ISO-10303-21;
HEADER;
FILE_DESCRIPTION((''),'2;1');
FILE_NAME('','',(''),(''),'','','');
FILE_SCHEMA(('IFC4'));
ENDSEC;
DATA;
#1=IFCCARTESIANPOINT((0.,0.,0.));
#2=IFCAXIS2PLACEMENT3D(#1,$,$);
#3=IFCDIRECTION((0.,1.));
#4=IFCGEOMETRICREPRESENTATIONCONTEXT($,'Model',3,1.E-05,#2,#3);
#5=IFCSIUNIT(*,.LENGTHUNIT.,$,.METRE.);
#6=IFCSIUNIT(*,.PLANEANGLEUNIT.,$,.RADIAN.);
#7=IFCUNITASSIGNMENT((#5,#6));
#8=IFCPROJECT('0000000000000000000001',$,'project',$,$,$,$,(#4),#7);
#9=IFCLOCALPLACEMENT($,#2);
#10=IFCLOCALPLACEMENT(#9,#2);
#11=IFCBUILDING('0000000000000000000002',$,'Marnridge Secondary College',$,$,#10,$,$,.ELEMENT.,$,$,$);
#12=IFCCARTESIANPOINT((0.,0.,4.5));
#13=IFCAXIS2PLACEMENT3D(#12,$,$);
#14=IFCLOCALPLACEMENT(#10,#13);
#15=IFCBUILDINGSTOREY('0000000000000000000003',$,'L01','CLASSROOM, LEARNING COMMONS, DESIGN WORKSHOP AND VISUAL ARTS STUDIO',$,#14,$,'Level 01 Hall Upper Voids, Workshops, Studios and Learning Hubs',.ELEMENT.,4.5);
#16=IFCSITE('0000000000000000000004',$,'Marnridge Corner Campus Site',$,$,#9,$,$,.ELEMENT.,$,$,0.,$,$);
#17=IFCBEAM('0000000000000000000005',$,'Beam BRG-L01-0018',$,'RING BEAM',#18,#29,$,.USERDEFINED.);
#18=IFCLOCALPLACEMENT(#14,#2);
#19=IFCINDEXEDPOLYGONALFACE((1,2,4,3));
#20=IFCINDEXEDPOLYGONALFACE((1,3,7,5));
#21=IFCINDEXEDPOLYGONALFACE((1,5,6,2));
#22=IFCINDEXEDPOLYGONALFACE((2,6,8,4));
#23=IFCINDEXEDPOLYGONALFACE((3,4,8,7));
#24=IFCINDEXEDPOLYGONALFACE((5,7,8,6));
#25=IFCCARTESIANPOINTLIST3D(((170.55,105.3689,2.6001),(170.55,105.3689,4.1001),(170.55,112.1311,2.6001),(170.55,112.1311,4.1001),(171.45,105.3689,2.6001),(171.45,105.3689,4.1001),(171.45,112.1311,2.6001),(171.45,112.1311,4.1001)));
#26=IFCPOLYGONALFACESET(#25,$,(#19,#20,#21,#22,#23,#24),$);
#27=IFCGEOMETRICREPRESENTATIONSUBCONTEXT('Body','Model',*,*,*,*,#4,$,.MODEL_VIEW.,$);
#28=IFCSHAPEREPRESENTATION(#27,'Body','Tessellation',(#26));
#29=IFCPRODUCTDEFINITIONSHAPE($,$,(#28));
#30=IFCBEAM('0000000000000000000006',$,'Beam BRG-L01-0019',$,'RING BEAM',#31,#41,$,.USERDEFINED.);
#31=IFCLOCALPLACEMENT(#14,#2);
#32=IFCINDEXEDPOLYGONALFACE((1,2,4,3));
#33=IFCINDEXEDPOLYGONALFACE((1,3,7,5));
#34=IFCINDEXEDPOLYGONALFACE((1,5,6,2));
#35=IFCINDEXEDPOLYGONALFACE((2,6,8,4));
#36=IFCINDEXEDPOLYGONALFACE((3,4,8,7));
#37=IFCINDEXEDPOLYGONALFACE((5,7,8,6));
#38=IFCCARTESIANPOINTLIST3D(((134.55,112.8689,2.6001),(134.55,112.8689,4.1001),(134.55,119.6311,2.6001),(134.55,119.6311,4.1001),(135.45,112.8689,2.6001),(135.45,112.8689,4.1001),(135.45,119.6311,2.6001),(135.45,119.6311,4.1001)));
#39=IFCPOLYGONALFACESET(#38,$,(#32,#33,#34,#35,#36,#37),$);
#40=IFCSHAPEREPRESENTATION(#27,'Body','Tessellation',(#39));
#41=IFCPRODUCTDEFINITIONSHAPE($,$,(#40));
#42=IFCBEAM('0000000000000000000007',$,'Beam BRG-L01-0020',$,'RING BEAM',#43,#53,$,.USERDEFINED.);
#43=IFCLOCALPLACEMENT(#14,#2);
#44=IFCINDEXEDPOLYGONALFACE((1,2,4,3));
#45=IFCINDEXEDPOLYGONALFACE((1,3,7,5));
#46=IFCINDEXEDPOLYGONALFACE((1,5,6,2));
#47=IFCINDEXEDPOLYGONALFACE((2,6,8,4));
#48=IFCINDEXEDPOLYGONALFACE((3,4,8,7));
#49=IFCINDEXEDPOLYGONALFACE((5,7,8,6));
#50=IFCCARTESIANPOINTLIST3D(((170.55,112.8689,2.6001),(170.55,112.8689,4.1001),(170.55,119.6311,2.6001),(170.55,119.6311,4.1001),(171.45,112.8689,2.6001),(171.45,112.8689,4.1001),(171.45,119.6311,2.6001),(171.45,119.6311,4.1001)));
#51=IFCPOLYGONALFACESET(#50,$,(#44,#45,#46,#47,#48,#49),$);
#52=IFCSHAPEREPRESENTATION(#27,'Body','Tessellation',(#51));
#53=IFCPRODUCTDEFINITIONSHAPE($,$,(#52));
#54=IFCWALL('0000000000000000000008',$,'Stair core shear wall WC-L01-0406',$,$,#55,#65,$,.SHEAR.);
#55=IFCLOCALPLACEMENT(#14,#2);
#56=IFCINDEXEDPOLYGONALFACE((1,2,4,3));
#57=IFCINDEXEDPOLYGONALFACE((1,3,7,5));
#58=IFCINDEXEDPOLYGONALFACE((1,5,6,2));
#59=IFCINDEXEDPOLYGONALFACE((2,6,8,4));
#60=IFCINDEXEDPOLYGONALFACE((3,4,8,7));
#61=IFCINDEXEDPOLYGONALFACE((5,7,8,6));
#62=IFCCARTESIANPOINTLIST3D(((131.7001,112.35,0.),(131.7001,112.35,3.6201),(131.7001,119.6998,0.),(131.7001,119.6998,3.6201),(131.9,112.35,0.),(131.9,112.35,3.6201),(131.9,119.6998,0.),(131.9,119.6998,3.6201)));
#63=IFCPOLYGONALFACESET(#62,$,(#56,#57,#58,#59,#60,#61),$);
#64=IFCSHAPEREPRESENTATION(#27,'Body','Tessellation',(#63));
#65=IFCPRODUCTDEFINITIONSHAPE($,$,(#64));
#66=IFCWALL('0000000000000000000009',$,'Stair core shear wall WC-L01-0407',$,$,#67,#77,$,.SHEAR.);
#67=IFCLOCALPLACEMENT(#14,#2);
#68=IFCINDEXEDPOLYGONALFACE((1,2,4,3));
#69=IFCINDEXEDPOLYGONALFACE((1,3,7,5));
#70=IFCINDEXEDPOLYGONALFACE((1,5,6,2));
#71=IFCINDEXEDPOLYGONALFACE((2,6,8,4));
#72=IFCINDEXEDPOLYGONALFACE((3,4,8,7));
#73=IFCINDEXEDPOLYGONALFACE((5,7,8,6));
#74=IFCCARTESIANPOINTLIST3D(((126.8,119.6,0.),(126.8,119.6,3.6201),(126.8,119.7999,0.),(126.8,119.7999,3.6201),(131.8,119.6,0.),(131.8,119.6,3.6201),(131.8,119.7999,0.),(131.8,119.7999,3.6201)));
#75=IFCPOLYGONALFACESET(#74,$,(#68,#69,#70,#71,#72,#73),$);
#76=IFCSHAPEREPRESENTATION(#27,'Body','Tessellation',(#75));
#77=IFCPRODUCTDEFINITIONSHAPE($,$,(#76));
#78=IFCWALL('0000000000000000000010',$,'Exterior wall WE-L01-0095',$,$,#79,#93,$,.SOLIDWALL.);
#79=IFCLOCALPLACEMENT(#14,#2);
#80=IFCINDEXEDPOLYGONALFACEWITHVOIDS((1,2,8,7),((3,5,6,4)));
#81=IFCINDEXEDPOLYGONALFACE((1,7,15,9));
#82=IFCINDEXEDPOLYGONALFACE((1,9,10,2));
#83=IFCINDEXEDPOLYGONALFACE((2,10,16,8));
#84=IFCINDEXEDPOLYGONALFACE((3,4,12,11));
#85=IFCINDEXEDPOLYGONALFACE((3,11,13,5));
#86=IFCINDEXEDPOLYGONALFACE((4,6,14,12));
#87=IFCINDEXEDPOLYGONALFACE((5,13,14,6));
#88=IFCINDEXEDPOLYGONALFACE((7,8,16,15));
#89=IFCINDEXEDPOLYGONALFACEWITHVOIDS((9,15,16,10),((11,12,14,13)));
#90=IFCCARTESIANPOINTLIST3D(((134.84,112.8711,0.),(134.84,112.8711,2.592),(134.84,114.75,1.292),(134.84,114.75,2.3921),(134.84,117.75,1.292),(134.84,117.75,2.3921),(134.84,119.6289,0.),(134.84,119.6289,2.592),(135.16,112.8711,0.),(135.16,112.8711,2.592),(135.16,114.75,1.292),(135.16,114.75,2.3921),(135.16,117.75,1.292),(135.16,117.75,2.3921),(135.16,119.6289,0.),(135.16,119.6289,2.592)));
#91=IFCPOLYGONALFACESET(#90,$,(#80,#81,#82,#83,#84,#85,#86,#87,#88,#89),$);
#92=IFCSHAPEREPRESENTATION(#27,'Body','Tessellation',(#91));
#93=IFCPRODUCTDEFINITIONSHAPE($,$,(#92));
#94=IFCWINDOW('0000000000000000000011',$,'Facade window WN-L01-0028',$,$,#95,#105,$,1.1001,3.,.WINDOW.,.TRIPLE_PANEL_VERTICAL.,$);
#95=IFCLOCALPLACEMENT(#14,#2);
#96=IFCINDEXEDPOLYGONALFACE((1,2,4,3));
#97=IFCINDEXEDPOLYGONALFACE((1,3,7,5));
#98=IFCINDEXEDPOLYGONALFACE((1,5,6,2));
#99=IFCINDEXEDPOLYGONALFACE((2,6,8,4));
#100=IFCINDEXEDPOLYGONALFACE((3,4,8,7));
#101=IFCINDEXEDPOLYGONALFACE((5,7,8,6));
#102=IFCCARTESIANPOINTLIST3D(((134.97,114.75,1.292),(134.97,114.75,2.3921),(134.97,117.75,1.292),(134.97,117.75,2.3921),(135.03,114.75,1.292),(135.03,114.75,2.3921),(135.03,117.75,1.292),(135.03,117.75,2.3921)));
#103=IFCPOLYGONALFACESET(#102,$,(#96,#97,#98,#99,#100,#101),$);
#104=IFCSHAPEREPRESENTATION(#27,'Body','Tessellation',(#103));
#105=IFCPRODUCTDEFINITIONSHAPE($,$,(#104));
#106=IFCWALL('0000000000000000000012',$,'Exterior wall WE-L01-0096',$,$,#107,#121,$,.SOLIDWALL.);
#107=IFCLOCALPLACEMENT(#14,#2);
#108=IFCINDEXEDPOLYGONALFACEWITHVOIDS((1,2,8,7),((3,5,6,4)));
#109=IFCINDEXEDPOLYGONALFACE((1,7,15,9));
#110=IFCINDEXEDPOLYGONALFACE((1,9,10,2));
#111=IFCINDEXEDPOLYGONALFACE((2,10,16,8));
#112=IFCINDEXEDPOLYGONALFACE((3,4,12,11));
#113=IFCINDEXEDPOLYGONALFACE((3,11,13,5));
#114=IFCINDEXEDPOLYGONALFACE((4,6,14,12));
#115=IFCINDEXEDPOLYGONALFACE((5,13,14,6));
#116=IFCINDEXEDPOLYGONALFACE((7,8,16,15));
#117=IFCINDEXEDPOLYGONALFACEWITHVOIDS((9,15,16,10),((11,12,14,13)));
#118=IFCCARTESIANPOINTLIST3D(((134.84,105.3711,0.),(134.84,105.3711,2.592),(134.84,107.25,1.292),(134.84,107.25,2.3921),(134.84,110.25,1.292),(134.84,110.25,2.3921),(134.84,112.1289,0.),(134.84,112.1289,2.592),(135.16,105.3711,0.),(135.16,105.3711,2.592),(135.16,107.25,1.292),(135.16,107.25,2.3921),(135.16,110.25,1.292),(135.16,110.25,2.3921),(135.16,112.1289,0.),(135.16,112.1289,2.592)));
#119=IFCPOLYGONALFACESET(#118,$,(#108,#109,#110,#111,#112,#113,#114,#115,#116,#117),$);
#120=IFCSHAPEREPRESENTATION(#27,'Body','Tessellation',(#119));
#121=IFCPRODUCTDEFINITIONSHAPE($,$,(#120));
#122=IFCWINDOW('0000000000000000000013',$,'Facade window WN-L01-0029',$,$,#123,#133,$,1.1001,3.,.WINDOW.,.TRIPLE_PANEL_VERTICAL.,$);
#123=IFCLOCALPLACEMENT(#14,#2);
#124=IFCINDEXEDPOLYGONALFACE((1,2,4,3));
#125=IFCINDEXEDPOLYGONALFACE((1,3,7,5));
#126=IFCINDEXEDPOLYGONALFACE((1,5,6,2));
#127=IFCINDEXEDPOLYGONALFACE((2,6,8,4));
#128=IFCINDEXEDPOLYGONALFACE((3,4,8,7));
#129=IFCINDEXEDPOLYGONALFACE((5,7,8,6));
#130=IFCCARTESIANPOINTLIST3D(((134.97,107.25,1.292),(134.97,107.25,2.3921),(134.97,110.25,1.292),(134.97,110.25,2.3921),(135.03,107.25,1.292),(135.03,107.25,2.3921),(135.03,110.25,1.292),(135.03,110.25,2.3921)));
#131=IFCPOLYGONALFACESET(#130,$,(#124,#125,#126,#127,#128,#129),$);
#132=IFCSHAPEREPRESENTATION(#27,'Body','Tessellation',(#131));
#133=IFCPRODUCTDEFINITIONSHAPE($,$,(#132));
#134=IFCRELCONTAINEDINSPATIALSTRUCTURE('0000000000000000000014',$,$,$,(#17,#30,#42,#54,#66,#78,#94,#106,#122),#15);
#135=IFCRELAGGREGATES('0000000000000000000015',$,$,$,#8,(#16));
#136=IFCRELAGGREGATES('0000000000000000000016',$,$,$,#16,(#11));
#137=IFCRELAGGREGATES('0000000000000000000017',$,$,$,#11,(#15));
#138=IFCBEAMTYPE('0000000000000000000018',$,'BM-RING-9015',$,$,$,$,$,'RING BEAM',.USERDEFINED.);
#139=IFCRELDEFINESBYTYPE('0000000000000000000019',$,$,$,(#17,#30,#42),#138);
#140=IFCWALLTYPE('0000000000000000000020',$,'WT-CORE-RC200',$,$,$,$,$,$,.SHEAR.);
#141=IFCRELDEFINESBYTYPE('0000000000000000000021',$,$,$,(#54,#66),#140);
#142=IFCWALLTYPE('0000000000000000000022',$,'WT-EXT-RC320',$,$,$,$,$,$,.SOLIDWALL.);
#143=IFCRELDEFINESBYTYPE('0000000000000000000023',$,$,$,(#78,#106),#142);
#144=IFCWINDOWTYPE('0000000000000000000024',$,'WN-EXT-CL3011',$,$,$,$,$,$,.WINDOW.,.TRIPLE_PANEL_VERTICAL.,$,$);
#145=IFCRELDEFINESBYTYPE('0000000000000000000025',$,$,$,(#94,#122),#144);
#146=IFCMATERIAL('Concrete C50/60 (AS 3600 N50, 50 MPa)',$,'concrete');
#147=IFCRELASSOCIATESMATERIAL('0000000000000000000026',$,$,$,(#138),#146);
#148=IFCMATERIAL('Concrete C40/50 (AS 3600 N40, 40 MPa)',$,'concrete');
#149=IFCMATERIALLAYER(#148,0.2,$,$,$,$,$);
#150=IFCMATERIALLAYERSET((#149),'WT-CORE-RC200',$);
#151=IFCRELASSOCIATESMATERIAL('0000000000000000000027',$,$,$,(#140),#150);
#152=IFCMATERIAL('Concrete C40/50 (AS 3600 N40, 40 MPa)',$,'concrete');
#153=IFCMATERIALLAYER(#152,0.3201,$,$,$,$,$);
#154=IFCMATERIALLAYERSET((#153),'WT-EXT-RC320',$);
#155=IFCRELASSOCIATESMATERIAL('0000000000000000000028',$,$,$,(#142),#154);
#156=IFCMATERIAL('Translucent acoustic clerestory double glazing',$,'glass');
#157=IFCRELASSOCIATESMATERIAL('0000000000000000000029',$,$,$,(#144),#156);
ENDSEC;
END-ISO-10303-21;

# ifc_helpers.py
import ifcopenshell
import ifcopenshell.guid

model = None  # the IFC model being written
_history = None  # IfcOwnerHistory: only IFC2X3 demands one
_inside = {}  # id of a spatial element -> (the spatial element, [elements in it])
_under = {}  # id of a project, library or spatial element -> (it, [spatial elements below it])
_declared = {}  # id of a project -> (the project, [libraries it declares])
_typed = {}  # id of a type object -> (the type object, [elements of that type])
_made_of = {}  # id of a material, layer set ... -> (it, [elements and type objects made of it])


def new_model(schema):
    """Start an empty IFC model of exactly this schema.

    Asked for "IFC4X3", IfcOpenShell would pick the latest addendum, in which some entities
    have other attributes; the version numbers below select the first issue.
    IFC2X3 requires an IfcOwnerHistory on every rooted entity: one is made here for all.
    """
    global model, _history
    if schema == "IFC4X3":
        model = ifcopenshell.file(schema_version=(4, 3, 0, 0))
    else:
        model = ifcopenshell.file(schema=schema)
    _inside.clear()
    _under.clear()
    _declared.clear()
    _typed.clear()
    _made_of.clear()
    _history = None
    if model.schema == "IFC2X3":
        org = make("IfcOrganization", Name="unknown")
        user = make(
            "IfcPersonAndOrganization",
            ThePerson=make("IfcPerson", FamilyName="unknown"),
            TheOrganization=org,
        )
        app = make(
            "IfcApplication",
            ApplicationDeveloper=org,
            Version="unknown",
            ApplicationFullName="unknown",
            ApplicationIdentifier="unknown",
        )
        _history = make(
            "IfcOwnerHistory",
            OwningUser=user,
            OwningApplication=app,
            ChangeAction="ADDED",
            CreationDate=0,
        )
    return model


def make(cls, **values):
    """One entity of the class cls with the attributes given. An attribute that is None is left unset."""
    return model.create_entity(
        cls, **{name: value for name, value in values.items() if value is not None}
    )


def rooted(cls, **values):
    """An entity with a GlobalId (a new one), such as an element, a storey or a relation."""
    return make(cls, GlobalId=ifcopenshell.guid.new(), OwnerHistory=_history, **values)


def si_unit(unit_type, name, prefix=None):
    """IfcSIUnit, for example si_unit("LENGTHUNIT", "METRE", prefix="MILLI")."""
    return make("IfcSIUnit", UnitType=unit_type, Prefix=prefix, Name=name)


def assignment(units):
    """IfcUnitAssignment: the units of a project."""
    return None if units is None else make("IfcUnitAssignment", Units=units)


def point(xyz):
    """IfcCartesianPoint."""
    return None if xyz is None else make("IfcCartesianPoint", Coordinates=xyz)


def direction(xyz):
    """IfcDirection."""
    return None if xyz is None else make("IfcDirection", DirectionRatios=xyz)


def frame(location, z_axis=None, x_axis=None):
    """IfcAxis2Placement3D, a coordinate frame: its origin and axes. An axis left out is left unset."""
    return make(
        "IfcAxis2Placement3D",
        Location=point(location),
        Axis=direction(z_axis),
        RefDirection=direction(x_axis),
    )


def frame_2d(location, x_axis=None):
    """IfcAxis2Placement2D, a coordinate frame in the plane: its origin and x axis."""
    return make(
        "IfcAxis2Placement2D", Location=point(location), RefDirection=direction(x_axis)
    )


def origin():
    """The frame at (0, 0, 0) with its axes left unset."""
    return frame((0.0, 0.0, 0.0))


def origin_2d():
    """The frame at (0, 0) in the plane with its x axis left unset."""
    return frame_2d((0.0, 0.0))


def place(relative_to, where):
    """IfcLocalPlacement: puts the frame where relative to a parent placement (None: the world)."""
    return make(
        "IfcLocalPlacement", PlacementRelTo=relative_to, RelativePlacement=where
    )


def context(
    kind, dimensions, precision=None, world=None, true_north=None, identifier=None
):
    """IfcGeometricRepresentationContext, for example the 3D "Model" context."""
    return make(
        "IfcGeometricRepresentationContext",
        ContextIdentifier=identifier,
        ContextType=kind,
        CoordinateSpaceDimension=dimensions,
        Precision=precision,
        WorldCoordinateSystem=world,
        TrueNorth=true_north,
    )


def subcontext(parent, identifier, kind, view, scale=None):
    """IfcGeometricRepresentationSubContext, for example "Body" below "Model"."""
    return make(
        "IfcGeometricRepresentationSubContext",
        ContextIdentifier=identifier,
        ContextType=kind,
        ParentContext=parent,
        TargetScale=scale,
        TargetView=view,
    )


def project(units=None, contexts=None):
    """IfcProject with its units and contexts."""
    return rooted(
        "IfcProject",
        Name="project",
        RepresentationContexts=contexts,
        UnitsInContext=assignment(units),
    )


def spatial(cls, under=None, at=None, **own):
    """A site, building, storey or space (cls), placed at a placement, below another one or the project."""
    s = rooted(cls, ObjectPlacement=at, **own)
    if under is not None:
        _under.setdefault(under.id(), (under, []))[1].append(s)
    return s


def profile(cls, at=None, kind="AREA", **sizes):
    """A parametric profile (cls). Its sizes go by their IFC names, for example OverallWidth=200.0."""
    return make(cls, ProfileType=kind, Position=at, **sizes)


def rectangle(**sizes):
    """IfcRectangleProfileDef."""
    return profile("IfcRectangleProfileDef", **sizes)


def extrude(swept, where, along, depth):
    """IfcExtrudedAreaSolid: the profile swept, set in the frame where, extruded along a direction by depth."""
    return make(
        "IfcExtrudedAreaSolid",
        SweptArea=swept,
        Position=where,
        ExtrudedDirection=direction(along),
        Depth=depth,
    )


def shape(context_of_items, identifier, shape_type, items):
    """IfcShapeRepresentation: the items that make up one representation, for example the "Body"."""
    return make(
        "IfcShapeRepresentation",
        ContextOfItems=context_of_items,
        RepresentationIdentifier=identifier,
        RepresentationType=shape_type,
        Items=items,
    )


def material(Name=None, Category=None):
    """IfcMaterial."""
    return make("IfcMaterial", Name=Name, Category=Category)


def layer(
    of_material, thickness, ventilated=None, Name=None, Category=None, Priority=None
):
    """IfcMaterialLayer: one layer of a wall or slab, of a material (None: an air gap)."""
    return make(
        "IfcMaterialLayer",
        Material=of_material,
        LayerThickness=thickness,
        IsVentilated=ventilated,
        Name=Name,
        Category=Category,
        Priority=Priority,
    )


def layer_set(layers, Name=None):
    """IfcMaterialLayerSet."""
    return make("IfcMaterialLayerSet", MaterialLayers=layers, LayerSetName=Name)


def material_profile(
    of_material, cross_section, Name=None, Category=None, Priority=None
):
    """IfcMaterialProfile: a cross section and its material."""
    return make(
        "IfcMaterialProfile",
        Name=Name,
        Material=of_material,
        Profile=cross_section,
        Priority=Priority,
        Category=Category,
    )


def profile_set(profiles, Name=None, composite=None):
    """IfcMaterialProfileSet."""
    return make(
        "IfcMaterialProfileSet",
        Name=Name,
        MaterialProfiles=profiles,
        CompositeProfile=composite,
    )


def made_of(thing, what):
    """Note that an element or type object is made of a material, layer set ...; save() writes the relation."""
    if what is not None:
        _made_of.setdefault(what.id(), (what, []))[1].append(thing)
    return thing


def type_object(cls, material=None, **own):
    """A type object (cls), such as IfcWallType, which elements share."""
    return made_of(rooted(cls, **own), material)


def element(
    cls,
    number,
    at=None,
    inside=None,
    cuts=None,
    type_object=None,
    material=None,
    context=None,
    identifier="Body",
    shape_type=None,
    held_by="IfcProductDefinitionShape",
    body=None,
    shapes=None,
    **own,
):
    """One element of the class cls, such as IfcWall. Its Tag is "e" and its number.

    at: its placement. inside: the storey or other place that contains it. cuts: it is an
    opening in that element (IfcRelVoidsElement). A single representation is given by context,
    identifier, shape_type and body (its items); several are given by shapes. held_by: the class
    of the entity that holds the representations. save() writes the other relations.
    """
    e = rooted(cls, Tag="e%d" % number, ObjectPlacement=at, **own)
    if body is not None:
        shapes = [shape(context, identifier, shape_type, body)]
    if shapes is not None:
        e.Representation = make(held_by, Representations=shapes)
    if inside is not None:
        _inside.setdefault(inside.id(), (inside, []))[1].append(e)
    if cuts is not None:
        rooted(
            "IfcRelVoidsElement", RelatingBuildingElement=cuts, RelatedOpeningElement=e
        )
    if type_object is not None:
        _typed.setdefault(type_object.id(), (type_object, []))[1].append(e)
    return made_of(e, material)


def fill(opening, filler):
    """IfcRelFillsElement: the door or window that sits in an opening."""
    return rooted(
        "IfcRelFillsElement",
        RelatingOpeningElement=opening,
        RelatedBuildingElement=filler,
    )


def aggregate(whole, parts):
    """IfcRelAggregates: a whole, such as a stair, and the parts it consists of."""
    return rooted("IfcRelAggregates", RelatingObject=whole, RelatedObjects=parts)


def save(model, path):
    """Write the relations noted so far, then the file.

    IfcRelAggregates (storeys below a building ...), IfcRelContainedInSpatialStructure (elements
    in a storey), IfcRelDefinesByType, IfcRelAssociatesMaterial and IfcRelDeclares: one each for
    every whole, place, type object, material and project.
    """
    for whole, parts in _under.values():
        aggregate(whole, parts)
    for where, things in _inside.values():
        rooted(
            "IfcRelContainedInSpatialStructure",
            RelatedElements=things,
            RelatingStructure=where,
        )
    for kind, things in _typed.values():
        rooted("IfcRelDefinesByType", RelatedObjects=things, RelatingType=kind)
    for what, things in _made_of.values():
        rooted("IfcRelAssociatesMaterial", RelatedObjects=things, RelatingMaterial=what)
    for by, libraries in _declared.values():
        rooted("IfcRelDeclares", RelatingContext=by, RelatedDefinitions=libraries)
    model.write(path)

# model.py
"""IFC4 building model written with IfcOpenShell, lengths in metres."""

from ifc_helpers import new_model, si_unit, direction, frame, frame_2d, origin, origin_2d, place, context, subcontext, project, spatial, rectangle, extrude, material, layer, layer_set, material_profile, profile_set, type_object, element, fill, save


model = new_model("IFC4")

# Units and contexts
model_context = context("Model", 3, precision=1e-05, world=origin(), true_north=direction((0.0, 1.0)))
body_context = subcontext(model_context, "Body", "Model", "MODEL_VIEW")
ifc_project = project(units=[si_unit("LENGTHUNIT", "METRE"), si_unit("PLANEANGLEUNIT", "RADIAN")], contexts=[model_context])

# Site, building, storey
site_placement = place(None, origin())
site = spatial("IfcSite", under=ifc_project, at=site_placement, Name="Marnridge Corner Campus Site", CompositionType="ELEMENT", RefElevation=0.0)
building_placement = place(site_placement, origin())
building = spatial("IfcBuilding", under=site, at=building_placement, Name="Marnridge Secondary College", CompositionType="ELEMENT")
storey_placement = place(building_placement, frame((0.0, 0.0, 4.5)))
storey = spatial("IfcBuildingStorey", under=building, at=storey_placement, Name="L01", Description="CLASSROOM, LEARNING COMMONS, DESIGN WORKSHOP AND VISUAL ARTS STUDIO", LongName="Level 01 Hall Upper Voids, Workshops, Studios and Learning Hubs", CompositionType="ELEMENT", Elevation=4.5)

# Beams
ifc_material_1 = material(Name="Concrete C50/60 (AS 3600 N50, 50 MPa)", Category="concrete")
ifc_material_profile_1 = material_profile(ifc_material_1, rectangle(XDim=0.8999, YDim=1.5, at=origin_2d()), Name="RC 900x1500")
ifc_profile_set_1 = profile_set([ifc_material_profile_1], Name="Concrete C50/60 (AS 3600 N50, 50 MPa)")
beam_type_1 = type_object("IfcBeamType", Name="BM-RING-9015", ElementType="RING BEAM", PredefinedType="USERDEFINED", material=ifc_profile_set_1)
for number, where, z_axis, x_axis, name in (
    (1, (171.0, 105.3689, 3.3501), (0.0, 1.0, 0.0), (-1.0, 0.0, 0.0), "Beam BRG-L01-0018"),
    (2, (135.0, 112.8689, 3.3501), (0.0, 1.0, 0.0), (-1.0, 0.0, 0.0), "Beam BRG-L01-0019"),
    (3, (171.0, 112.8689, 3.3501), (0.0, 1.0, 0.0), (-1.0, 0.0, 0.0), "Beam BRG-L01-0020"),
):
    element("IfcBeam", number, at=place(storey_placement, frame(where, z_axis=z_axis, x_axis=x_axis)), inside=storey, type_object=beam_type_1, Name=name, ObjectType="RING BEAM", PredefinedType="USERDEFINED", context=body_context, shape_type="SweptSolid", body=[
        extrude(rectangle(XDim=0.8999, YDim=1.5, at=origin_2d()), origin(), (0.0, 0.0, 1.0), 6.7622),
    ])

# Walls
ifc_material_2 = material(Name="Concrete C40/50 (AS 3600 N40, 40 MPa)", Category="concrete")
ifc_layer_1 = layer(ifc_material_2, 0.2)
ifc_layer_set_1 = layer_set([ifc_layer_1], Name="WT-CORE-RC200")
wall_type_1 = type_object("IfcWallType", Name="WT-CORE-RC200", PredefinedType="SHEAR", material=ifc_layer_set_1)
wall_1_placement = place(storey_placement, frame((131.8, 112.3501, 0.0), z_axis=(0.0, 0.0, 1.0), x_axis=(0.0, 1.0, 0.0)))
element("IfcWall", 4, at=wall_1_placement, inside=storey, type_object=wall_type_1, Name="Stair core shear wall WC-L01-0406", PredefinedType="SHEAR", context=body_context, shape_type="SweptSolid", body=[
    extrude(rectangle(XDim=7.3499, YDim=0.2, at=frame_2d((3.6748, 0.0))), origin(), (0.0, 0.0, 1.0), 3.6201),
])
wall_2_placement = place(storey_placement, frame((131.8, 119.7, 0.0), z_axis=(0.0, 0.0, 1.0), x_axis=(-1.0, 0.0, 0.0)))
element("IfcWall", 5, at=wall_2_placement, inside=storey, type_object=wall_type_1, Name="Stair core shear wall WC-L01-0407", PredefinedType="SHEAR", context=body_context, shape_type="SweptSolid", body=[
    extrude(rectangle(XDim=5.0, YDim=0.2, at=frame_2d((2.5, 0.0))), origin(), (0.0, 0.0, 1.0), 3.6201),
])

# Walls, openings, windows
ifc_material_3 = material(Name="Concrete C40/50 (AS 3600 N40, 40 MPa)", Category="concrete")
ifc_layer_2 = layer(ifc_material_3, 0.3201)
ifc_layer_set_2 = layer_set([ifc_layer_2], Name="WT-EXT-RC320")
wall_type_2 = type_object("IfcWallType", Name="WT-EXT-RC320", PredefinedType="SOLIDWALL", material=ifc_layer_set_2)
wall_3_placement = place(storey_placement, frame((135.0, 119.6289, 0.0), z_axis=(0.0, 0.0, 1.0), x_axis=(0.0, -1.0, 0.0)))
wall_3 = element("IfcWall", 6, at=wall_3_placement, inside=storey, type_object=wall_type_2, Name="Exterior wall WE-L01-0095", PredefinedType="SOLIDWALL", context=body_context, shape_type="SweptSolid", body=[
    extrude(rectangle(XDim=6.7578, YDim=0.3201, at=frame_2d((3.3789, 0.0))), origin(), (0.0, 0.0, 1.0), 2.592),
])
opening_1_placement = place(wall_3_placement, frame((1.8789, 0.0, 1.292)))
opening_1 = element("IfcOpeningElement", 7, at=opening_1_placement, cuts=wall_3, PredefinedType="OPENING", context=body_context, shape_type="SweptSolid", body=[
    extrude(rectangle(XDim=3.0, YDim=1.1001, at=frame_2d((1.5, 0.55))), frame((0.0, 0.1699, 0.0), z_axis=(0.0, -1.0, 0.0), x_axis=(1.0, 0.0, 0.0)), (0.0, 0.0, 1.0), 0.3401),
])
ifc_material_4 = material(Name="Translucent acoustic clerestory double glazing", Category="glass")
window_type = type_object("IfcWindowType", Name="WN-EXT-CL3011", PartitioningType="TRIPLE_PANEL_VERTICAL", PredefinedType="WINDOW", material=ifc_material_4)
window_1_placement = place(opening_1_placement, origin())
window_1 = element("IfcWindow", 8, at=window_1_placement, inside=storey, type_object=window_type, Name="Facade window WN-L01-0028", OverallHeight=1.1001, OverallWidth=3.0, PartitioningType="TRIPLE_PANEL_VERTICAL", PredefinedType="WINDOW", context=body_context, shape_type="SweptSolid", body=[
    extrude(rectangle(XDim=3.0, YDim=1.1001, at=frame_2d((1.5, 0.55))), frame((0.0, 0.03, 0.0), z_axis=(0.0, -1.0, 0.0), x_axis=(1.0, 0.0, 0.0)), (0.0, 0.0, 1.0), 0.0601),
])
fill(opening_1, window_1)
wall_4_placement = place(storey_placement, frame((135.0, 112.1289, 0.0), z_axis=(0.0, 0.0, 1.0), x_axis=(0.0, -1.0, 0.0)))
wall_4 = element("IfcWall", 9, at=wall_4_placement, inside=storey, type_object=wall_type_2, Name="Exterior wall WE-L01-0096", PredefinedType="SOLIDWALL", context=body_context, shape_type="SweptSolid", body=[
    extrude(rectangle(XDim=6.7578, YDim=0.3201, at=frame_2d((3.3789, 0.0))), origin(), (0.0, 0.0, 1.0), 2.592),
])
opening_2_placement = place(wall_4_placement, frame((1.8789, 0.0, 1.292)))
opening_2 = element("IfcOpeningElement", 10, at=opening_2_placement, cuts=wall_4, PredefinedType="OPENING", context=body_context, shape_type="SweptSolid", body=[
    extrude(rectangle(XDim=3.0, YDim=1.1001, at=frame_2d((1.5, 0.55))), frame((0.0, 0.1699, 0.0), z_axis=(0.0, -1.0, 0.0), x_axis=(1.0, 0.0, 0.0)), (0.0, 0.0, 1.0), 0.3401),
])
window_2_placement = place(opening_2_placement, origin())
window_2 = element("IfcWindow", 11, at=window_2_placement, inside=storey, type_object=window_type, Name="Facade window WN-L01-0029", OverallHeight=1.1001, OverallWidth=3.0, PartitioningType="TRIPLE_PANEL_VERTICAL", PredefinedType="WINDOW", context=body_context, shape_type="SweptSolid", body=[
    extrude(rectangle(XDim=3.0, YDim=1.1001, at=frame_2d((1.5, 0.55))), frame((0.0, 0.03, 0.0), z_axis=(0.0, -1.0, 0.0), x_axis=(1.0, 0.0, 0.0)), (0.0, 0.0, 1.0), 0.0601),
])
fill(opening_2, window_2)

save(model, "model.ifc")
